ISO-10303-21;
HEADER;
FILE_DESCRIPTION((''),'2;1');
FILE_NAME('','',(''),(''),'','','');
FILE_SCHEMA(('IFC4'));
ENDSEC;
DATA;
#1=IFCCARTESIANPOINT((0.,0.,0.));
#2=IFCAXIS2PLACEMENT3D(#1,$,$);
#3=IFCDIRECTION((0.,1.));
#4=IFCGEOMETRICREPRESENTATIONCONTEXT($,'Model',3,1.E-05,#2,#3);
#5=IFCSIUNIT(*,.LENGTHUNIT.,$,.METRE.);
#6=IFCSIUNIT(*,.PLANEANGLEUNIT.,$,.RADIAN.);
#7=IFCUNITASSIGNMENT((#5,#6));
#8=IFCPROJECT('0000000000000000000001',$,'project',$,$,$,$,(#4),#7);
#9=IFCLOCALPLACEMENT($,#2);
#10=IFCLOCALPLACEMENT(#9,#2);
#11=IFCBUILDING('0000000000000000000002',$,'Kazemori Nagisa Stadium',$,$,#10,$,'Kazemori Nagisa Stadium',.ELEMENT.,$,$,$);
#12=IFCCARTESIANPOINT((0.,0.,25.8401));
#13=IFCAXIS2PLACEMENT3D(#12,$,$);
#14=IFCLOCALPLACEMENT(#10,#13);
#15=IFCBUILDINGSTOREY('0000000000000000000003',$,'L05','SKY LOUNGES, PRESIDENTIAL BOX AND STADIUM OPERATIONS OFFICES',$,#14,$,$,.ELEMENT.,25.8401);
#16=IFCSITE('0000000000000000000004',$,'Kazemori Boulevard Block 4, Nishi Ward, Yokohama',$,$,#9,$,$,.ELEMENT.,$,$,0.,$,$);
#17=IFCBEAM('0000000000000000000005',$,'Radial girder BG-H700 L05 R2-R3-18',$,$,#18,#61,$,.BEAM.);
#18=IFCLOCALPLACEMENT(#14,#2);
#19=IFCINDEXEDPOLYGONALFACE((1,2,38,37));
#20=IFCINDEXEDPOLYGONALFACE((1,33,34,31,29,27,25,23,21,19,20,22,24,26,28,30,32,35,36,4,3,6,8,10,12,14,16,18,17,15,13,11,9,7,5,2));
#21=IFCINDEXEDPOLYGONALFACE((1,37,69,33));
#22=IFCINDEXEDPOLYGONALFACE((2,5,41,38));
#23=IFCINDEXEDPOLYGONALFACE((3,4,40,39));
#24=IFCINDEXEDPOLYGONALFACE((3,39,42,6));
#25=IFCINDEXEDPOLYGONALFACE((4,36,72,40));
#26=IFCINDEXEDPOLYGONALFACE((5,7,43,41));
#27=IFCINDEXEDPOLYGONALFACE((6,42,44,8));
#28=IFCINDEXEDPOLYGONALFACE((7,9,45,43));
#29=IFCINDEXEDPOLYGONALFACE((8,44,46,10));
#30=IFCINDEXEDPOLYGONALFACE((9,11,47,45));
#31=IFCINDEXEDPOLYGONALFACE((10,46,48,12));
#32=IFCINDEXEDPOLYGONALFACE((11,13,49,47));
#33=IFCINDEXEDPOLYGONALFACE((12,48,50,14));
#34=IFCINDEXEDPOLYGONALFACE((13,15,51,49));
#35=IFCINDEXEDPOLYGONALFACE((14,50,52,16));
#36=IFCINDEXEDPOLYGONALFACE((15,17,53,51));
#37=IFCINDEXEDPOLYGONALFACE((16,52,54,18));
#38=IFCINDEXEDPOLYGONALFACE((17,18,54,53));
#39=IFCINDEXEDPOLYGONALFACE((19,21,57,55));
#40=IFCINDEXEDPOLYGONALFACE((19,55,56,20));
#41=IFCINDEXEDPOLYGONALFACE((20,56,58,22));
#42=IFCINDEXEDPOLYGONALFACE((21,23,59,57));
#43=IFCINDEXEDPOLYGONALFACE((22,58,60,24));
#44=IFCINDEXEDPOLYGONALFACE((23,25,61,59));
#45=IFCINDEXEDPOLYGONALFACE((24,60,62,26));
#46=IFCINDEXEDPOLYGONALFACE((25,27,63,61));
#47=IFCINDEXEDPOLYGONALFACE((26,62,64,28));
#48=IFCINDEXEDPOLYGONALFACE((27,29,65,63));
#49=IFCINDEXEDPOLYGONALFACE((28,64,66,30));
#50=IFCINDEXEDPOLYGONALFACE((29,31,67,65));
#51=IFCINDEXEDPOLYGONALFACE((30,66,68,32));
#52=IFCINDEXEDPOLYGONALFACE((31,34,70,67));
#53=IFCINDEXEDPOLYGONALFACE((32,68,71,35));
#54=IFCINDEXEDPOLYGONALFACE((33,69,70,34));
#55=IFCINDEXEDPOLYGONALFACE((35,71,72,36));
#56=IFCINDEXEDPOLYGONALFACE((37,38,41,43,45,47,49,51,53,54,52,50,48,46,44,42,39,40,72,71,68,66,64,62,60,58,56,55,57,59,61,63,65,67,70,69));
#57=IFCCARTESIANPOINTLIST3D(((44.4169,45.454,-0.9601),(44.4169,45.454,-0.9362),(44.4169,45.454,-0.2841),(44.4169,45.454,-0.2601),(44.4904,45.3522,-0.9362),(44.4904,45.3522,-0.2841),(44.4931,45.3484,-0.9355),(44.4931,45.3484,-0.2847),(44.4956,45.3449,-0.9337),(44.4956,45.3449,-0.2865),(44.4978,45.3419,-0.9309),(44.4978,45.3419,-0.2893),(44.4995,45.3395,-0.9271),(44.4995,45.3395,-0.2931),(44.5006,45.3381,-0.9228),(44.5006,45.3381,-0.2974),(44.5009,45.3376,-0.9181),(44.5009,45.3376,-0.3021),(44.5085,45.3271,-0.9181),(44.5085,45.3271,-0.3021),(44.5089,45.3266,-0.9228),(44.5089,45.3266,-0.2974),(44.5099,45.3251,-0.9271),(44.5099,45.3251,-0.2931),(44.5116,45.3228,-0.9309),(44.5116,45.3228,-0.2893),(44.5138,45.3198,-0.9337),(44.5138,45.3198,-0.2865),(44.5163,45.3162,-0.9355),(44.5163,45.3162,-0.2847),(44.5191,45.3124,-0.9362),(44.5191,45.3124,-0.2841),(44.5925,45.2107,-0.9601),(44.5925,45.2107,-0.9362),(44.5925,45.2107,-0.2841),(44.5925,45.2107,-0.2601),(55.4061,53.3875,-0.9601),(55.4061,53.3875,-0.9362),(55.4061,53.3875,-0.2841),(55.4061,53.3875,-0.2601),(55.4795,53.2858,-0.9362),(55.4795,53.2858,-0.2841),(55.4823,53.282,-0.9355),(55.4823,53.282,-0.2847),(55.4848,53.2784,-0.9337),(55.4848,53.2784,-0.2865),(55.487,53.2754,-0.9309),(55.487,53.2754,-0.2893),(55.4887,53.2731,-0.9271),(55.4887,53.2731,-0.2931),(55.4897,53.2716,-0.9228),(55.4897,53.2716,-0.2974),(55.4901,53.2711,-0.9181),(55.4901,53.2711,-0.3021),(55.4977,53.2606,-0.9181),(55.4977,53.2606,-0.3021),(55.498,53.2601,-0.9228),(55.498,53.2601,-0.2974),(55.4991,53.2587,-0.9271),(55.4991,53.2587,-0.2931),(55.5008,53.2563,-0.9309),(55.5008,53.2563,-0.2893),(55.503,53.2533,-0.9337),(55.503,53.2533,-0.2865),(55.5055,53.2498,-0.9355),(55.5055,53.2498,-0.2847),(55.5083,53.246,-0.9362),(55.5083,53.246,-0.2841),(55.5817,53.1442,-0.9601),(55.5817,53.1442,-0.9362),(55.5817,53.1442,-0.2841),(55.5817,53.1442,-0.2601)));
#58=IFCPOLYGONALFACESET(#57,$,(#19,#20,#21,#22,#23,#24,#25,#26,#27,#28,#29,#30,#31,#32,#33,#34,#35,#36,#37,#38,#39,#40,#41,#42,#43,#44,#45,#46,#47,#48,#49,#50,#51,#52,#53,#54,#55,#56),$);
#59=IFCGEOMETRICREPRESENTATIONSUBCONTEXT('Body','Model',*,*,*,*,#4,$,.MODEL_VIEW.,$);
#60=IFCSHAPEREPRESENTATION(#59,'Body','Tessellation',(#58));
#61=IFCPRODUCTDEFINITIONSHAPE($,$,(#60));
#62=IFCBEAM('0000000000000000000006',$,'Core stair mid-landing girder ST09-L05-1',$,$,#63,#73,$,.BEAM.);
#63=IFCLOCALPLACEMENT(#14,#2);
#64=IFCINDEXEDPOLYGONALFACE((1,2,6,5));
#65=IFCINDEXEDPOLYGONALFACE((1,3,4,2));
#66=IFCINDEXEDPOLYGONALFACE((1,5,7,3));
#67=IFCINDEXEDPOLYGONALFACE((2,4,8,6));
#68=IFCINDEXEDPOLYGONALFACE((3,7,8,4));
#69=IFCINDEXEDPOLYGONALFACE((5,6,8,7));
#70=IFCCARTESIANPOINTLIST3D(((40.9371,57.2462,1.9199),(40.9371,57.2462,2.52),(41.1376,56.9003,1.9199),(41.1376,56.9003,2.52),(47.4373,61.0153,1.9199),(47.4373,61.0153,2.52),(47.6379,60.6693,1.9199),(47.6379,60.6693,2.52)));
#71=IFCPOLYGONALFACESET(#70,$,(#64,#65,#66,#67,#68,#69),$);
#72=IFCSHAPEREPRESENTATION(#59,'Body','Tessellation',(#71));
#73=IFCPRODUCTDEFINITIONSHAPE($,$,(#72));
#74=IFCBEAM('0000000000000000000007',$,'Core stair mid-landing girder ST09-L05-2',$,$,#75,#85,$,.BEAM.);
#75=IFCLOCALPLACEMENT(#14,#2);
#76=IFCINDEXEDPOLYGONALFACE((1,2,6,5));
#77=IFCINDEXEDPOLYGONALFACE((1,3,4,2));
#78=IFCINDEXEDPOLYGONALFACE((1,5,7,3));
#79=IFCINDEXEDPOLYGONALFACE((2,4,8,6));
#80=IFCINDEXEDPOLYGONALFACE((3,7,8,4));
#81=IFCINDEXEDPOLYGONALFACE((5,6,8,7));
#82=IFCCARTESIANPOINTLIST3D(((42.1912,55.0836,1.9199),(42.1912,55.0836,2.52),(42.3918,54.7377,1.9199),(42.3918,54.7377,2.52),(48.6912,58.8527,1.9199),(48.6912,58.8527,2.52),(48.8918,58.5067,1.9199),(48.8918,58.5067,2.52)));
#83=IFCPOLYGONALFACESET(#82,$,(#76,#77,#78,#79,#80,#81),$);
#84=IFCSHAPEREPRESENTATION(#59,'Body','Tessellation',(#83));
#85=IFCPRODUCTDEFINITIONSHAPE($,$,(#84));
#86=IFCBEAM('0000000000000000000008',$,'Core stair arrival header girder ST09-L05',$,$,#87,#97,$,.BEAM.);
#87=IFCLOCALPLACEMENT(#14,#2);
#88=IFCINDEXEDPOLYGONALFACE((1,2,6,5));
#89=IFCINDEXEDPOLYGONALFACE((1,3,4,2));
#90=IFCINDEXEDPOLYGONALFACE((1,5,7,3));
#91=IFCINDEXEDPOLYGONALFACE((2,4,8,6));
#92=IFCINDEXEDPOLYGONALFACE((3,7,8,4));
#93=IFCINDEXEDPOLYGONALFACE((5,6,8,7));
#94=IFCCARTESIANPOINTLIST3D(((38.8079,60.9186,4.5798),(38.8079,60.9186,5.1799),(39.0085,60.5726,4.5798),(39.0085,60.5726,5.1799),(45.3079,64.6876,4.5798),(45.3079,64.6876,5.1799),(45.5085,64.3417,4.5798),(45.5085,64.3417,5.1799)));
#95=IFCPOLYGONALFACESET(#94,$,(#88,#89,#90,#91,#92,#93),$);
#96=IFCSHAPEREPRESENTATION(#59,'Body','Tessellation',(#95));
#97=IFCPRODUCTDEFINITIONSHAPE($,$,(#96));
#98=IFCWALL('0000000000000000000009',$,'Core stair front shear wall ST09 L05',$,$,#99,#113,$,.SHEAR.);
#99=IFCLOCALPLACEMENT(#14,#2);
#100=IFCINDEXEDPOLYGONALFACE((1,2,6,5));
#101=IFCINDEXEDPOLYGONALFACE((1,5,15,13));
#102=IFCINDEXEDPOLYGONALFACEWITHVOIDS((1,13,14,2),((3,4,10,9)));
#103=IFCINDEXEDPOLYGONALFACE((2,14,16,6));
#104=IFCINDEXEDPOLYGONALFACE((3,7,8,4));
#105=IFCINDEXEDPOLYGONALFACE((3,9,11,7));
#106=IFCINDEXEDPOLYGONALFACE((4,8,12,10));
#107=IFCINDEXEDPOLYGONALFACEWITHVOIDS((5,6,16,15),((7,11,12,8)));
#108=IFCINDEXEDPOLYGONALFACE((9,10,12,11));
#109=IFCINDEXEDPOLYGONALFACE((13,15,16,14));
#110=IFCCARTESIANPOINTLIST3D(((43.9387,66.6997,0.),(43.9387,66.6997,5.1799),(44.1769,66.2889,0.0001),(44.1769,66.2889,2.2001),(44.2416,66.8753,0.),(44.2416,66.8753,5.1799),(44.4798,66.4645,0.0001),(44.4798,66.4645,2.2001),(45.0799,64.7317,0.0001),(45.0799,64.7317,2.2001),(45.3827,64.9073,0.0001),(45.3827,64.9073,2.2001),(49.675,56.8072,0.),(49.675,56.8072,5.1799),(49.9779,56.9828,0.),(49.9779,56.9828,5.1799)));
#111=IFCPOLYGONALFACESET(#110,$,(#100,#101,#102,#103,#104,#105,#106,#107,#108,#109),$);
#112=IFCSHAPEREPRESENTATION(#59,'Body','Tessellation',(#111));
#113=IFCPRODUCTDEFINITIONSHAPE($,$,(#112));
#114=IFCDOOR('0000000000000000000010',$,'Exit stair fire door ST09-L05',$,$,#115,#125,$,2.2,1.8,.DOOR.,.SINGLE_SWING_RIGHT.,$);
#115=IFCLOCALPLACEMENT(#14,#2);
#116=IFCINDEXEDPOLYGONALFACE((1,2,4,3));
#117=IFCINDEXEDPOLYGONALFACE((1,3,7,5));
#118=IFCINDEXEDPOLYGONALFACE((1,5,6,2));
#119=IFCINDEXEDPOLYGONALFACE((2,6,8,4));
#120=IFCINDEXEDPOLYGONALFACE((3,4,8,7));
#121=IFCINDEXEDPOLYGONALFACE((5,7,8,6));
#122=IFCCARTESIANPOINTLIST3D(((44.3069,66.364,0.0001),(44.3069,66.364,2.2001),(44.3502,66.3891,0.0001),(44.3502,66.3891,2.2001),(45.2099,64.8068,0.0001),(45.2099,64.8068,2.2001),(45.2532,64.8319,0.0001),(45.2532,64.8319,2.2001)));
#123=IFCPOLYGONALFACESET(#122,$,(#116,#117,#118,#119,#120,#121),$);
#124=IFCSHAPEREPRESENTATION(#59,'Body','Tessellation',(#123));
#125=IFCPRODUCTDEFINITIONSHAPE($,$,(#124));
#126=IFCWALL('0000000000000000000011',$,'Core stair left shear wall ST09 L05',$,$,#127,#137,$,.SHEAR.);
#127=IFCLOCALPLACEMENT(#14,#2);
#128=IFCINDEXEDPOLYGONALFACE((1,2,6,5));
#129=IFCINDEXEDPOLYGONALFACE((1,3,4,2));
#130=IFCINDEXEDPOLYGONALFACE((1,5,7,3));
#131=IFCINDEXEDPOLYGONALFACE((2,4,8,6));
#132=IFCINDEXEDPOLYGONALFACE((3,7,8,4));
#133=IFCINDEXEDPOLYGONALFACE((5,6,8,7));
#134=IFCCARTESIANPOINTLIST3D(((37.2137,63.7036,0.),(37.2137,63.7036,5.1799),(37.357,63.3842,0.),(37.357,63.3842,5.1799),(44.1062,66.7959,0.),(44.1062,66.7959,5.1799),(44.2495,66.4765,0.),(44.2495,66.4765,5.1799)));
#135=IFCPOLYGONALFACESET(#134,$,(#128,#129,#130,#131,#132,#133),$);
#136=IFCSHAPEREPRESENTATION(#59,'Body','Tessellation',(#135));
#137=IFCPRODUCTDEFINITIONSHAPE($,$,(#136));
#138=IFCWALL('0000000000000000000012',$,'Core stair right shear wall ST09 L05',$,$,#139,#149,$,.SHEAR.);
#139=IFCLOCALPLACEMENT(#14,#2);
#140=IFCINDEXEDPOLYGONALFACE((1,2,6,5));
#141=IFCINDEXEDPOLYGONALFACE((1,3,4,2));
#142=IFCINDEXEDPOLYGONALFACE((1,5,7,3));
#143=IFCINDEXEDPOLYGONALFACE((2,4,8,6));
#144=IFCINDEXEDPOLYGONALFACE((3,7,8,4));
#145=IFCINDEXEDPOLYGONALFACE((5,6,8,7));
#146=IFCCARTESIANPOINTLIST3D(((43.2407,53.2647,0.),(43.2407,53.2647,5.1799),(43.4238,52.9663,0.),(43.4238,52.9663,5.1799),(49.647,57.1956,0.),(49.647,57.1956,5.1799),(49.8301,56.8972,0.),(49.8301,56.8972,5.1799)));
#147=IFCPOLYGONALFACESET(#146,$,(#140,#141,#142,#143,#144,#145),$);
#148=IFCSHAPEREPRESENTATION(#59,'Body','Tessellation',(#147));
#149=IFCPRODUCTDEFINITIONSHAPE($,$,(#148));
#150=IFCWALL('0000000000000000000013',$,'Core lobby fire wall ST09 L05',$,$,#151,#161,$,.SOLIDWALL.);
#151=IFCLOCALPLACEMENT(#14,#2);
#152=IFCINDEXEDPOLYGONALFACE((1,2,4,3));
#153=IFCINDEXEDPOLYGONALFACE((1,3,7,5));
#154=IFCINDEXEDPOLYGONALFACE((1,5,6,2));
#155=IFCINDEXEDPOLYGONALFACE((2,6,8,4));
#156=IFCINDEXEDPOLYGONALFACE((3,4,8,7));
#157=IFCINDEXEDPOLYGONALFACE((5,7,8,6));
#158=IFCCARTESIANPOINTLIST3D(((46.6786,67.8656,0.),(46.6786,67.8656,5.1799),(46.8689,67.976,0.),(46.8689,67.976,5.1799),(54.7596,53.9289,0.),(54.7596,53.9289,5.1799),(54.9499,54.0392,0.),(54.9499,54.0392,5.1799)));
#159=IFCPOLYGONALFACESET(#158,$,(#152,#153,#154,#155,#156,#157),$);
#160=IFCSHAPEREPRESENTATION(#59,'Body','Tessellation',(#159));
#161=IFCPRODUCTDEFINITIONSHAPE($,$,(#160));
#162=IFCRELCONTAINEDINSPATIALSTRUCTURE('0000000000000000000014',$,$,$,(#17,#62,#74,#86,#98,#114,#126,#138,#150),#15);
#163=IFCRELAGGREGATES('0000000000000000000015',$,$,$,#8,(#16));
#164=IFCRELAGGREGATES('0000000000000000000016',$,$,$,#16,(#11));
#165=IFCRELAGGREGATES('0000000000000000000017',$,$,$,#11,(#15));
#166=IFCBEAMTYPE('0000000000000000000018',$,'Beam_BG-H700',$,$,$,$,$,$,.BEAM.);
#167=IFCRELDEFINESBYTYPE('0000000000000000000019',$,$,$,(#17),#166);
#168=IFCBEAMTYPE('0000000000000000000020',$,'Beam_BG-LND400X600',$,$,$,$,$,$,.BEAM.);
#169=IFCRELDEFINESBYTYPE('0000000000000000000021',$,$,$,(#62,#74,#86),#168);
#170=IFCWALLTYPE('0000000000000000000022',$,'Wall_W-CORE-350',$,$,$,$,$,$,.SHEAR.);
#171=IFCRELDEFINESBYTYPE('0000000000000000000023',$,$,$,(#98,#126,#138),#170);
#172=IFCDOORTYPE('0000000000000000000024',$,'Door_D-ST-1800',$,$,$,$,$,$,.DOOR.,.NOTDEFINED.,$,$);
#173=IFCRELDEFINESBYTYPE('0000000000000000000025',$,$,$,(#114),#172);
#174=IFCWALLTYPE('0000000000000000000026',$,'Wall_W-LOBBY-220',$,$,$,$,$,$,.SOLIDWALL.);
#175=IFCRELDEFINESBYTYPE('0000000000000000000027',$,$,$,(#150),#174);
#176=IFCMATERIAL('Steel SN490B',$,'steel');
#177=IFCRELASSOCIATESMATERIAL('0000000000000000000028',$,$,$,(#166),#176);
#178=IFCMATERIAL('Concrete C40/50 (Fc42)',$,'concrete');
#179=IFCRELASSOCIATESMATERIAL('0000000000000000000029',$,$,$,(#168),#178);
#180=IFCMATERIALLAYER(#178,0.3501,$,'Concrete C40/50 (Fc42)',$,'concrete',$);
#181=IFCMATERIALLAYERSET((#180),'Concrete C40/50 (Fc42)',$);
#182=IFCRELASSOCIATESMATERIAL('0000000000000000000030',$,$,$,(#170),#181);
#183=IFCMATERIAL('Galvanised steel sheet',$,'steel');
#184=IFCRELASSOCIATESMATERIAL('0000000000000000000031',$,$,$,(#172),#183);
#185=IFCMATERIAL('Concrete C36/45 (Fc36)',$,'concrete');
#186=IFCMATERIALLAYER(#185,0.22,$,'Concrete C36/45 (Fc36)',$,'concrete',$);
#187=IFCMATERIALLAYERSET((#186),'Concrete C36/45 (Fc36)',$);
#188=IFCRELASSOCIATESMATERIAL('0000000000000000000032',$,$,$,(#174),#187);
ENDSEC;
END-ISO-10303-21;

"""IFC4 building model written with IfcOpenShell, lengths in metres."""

from ifc_helpers import new_model, si_unit, direction, frame, frame_2d, origin, origin_2d, place, context, subcontext, project, spatial, rectangle, i_section, extrude, material, layer, layer_set, material_profile, profile_set, type_object, element, fill, save


model = new_model("IFC4")

# Units and contexts
model_context = context("Model", 3, precision=1e-05, world=origin(), true_north=direction((0.0, 1.0)))
body_context = subcontext(model_context, "Body", "Model", "MODEL_VIEW")
ifc_project = project(units=[si_unit("LENGTHUNIT", "METRE"), si_unit("PLANEANGLEUNIT", "RADIAN")], contexts=[model_context])

# Site, building, storey
site_placement = place(None, origin())
site = spatial("IfcSite", under=ifc_project, at=site_placement, Name="Kazemori Boulevard Block 4, Nishi Ward, Yokohama", CompositionType="ELEMENT", RefElevation=0.0)
building_placement = place(site_placement, origin())
building = spatial("IfcBuilding", under=site, at=building_placement, Name="Kazemori Nagisa Stadium", LongName="Kazemori Nagisa Stadium", CompositionType="ELEMENT")
storey_placement = place(building_placement, frame((0.0, 0.0, 25.8401)))
storey = spatial("IfcBuildingStorey", under=building, at=storey_placement, Name="L05", Description="SKY LOUNGES, PRESIDENTIAL BOX AND STADIUM OPERATIONS OFFICES", CompositionType="ELEMENT", Elevation=25.8401)

# Beams
ifc_material_1 = material(Name="Steel SN490B", Category="steel")
ifc_material_profile_1 = material_profile(ifc_material_1, i_section(OverallWidth=0.3, OverallDepth=0.7, WebThickness=0.0129, FlangeThickness=0.0239, FilletRadius=0.0181, at=origin_2d()), Name="H-700x300x13x24")
ifc_profile_set_1 = profile_set([ifc_material_profile_1], Name="Steel SN490B")
beam_type_1 = type_object("IfcBeamType", Name="Beam_BG-H700", PredefinedType="BEAM", material=ifc_profile_set_1)
beam_1_placement = place(storey_placement, frame((55.4939, 53.2659, -0.6101), z_axis=(-0.810788, -0.585341, 0.0), x_axis=(0.585341, -0.810788, 0.0)))
element("IfcBeam", 1, at=beam_1_placement, inside=storey, type_object=beam_type_1, Name="Radial girder BG-H700 L05 R2-R3-18", PredefinedType="BEAM", context=body_context, shape_type="SweptSolid", body=[
    extrude(i_section(OverallWidth=0.3, OverallDepth=0.7, WebThickness=0.0129, FlangeThickness=0.0239, FilletRadius=0.0181, at=origin_2d()), origin(), (0.0, 0.0, 1.0), 13.5537),
])
ifc_material_2 = material(Name="Concrete C40/50 (Fc42)", Category="concrete")
ifc_material_profile_2 = material_profile(ifc_material_2, rectangle(XDim=0.3999, YDim=0.6001, at=origin_2d()), Name="RC-BM-400x600")
ifc_profile_set_2 = profile_set([ifc_material_profile_2], Name="Concrete C40/50 (Fc42)")
beam_type_2 = type_object("IfcBeamType", Name="Beam_BG-LND400X600", PredefinedType="BEAM", material=ifc_profile_set_2)
beam_2_placement = place(storey_placement, frame((47.5376, 60.8423, 2.22), z_axis=(-0.865095, -0.501609, 0.0), x_axis=(0.501609, -0.865095, 0.0)))
element("IfcBeam", 2, at=beam_2_placement, inside=storey, type_object=beam_type_2, Name="Core stair mid-landing girder ST09-L05-1", PredefinedType="BEAM", context=body_context, shape_type="SweptSolid", body=[
    extrude(rectangle(XDim=0.3999, YDim=0.6001, at=origin_2d()), origin(), (0.0, 0.0, 1.0), 7.5139),
])
for number, where, z_axis, x_axis, name in (
    (3, (48.7915, 58.6797, 2.22), (-0.865086, -0.501623, 0.0), (0.501623, -0.865086, 0.0), "Core stair mid-landing girder ST09-L05-2"),
    (4, (45.4082, 64.5146, 4.8799), (-0.865086, -0.501623, 0.0), (0.501623, -0.865086, 0.0), "Core stair arrival header girder ST09-L05"),
):
    element("IfcBeam", number, at=place(storey_placement, frame(where, z_axis=z_axis, x_axis=x_axis)), inside=storey, type_object=beam_type_2, Name=name, PredefinedType="BEAM", context=body_context, shape_type="SweptSolid", body=[
        extrude(rectangle(XDim=0.3999, YDim=0.6001, at=origin_2d()), origin(), (0.0, 0.0, 1.0), 7.5137),
    ])

# Wall, opening, door
ifc_layer_1 = layer(ifc_material_2, 0.3501, Name="Concrete C40/50 (Fc42)", Category="concrete")
ifc_layer_set_1 = layer_set([ifc_layer_1], Name="Concrete C40/50 (Fc42)")
wall_type_1 = type_object("IfcWallType", Name="Wall_W-CORE-350", PredefinedType="SHEAR", material=ifc_layer_set_1)
wall_1_placement = place(storey_placement, frame((44.0901, 66.7876, 0.0), z_axis=(0.0, 0.0, 1.0), x_axis=(0.501629, -0.865083, 0.0)))
wall_1 = element("IfcWall", 5, at=wall_1_placement, inside=storey, type_object=wall_type_1, Name="Core stair front shear wall ST09 L05", PredefinedType="SHEAR", context=body_context, shape_type="SweptSolid", body=[
    extrude(rectangle(XDim=11.4353, YDim=0.3501, at=frame_2d((5.7178, 0.0))), origin(), (0.0, 0.0, 1.0), 5.1799),
])
opening_1_placement = place(wall_1_placement, frame((0.4751, 0.0, 0.0)))
opening_1 = element("IfcOpeningElement", 6, at=opening_1_placement, cuts=wall_1, PredefinedType="OPENING", context=body_context, shape_type="SweptSolid", body=[
    extrude(rectangle(XDim=1.8, YDim=2.2, at=frame_2d((0.8999, 1.1001))), frame((0.0, 0.1851, 0.0), z_axis=(0.0, -1.0, 0.0), x_axis=(1.0, 0.0, 0.0)), (0.0, 0.0, 1.0), 0.3701),
])
ifc_material_3 = material(Name="Galvanised steel sheet", Category="steel")
door_type_1 = type_object("IfcDoorType", Name="Door_D-ST-1800", OperationType="NOTDEFINED", PredefinedType="DOOR", material=ifc_material_3)
door_1_placement = place(opening_1_placement, frame((1.8, 0.0, 0.0), z_axis=(0.0, 0.0, 1.0), x_axis=(-1.0, 0.0, 0.0)))
door_1 = element("IfcDoor", 7, at=door_1_placement, inside=storey, type_object=door_type_1, Name="Exit stair fire door ST09-L05", OperationType="SINGLE_SWING_RIGHT", OverallHeight=2.2, OverallWidth=1.8, PredefinedType="DOOR", context=body_context, shape_type="SweptSolid", body=[
    extrude(rectangle(XDim=1.8, YDim=2.2, at=frame_2d((0.8999, 1.1001))), frame((0.0, 0.0249, 0.0), z_axis=(0.0, -1.0, 0.0), x_axis=(1.0, 0.0, 0.0)), (0.0, 0.0, 1.0), 0.05),
])
fill(opening_1, door_1)

# Walls
wall_2_placement = place(storey_placement, frame((44.178, 66.6362, 0.0), z_axis=(0.0, 0.0, 1.0), x_axis=(-0.912385, -0.409332, 0.0)))
element("IfcWall", 8, at=wall_2_placement, inside=storey, type_object=wall_type_1, Name="Core stair left shear wall ST09 L05", PredefinedType="SHEAR", context=body_context, shape_type="SweptSolid", body=[
    extrude(rectangle(XDim=7.5544, YDim=0.3501, at=frame_2d((3.7773, 0.0))), origin(), (0.0, 0.0, 1.0), 5.1799),
])
wall_3_placement = place(storey_placement, frame((49.7385, 57.0464, 0.0), z_axis=(0.0, 0.0, 1.0), x_axis=(-0.852335, -0.522997, 0.0)))
element("IfcWall", 9, at=wall_3_placement, inside=storey, type_object=wall_type_1, Name="Core stair right shear wall ST09 L05", PredefinedType="SHEAR", context=body_context, shape_type="SweptSolid", body=[
    extrude(rectangle(XDim=7.5161, YDim=0.3501, at=frame_2d((3.7581, 0.0))), origin(), (0.0, 0.0, 1.0), 5.1799),
])
ifc_material_4 = material(Name="Concrete C36/45 (Fc36)", Category="concrete")
ifc_layer_2 = layer(ifc_material_4, 0.22, Name="Concrete C36/45 (Fc36)", Category="concrete")
ifc_layer_set_2 = layer_set([ifc_layer_2], Name="Concrete C36/45 (Fc36)")
wall_type_2 = type_object("IfcWallType", Name="Wall_W-LOBBY-220", PredefinedType="SOLIDWALL", material=ifc_layer_set_2)
wall_4_placement = place(storey_placement, frame((46.7737, 67.9209, 0.0), z_axis=(0.0, 0.0, 1.0), x_axis=(0.501613, -0.865092, 0.0)))
element("IfcWall", 10, at=wall_4_placement, inside=storey, type_object=wall_type_2, Name="Core lobby fire wall ST09 L05", PredefinedType="SOLIDWALL", context=body_context, shape_type="SweptSolid", body=[
    extrude(rectangle(XDim=16.1101, YDim=0.22, at=frame_2d((8.0552, 0.0))), origin(), (0.0, 0.0, 1.0), 5.1799),
])

save(model, "model.ifc")
